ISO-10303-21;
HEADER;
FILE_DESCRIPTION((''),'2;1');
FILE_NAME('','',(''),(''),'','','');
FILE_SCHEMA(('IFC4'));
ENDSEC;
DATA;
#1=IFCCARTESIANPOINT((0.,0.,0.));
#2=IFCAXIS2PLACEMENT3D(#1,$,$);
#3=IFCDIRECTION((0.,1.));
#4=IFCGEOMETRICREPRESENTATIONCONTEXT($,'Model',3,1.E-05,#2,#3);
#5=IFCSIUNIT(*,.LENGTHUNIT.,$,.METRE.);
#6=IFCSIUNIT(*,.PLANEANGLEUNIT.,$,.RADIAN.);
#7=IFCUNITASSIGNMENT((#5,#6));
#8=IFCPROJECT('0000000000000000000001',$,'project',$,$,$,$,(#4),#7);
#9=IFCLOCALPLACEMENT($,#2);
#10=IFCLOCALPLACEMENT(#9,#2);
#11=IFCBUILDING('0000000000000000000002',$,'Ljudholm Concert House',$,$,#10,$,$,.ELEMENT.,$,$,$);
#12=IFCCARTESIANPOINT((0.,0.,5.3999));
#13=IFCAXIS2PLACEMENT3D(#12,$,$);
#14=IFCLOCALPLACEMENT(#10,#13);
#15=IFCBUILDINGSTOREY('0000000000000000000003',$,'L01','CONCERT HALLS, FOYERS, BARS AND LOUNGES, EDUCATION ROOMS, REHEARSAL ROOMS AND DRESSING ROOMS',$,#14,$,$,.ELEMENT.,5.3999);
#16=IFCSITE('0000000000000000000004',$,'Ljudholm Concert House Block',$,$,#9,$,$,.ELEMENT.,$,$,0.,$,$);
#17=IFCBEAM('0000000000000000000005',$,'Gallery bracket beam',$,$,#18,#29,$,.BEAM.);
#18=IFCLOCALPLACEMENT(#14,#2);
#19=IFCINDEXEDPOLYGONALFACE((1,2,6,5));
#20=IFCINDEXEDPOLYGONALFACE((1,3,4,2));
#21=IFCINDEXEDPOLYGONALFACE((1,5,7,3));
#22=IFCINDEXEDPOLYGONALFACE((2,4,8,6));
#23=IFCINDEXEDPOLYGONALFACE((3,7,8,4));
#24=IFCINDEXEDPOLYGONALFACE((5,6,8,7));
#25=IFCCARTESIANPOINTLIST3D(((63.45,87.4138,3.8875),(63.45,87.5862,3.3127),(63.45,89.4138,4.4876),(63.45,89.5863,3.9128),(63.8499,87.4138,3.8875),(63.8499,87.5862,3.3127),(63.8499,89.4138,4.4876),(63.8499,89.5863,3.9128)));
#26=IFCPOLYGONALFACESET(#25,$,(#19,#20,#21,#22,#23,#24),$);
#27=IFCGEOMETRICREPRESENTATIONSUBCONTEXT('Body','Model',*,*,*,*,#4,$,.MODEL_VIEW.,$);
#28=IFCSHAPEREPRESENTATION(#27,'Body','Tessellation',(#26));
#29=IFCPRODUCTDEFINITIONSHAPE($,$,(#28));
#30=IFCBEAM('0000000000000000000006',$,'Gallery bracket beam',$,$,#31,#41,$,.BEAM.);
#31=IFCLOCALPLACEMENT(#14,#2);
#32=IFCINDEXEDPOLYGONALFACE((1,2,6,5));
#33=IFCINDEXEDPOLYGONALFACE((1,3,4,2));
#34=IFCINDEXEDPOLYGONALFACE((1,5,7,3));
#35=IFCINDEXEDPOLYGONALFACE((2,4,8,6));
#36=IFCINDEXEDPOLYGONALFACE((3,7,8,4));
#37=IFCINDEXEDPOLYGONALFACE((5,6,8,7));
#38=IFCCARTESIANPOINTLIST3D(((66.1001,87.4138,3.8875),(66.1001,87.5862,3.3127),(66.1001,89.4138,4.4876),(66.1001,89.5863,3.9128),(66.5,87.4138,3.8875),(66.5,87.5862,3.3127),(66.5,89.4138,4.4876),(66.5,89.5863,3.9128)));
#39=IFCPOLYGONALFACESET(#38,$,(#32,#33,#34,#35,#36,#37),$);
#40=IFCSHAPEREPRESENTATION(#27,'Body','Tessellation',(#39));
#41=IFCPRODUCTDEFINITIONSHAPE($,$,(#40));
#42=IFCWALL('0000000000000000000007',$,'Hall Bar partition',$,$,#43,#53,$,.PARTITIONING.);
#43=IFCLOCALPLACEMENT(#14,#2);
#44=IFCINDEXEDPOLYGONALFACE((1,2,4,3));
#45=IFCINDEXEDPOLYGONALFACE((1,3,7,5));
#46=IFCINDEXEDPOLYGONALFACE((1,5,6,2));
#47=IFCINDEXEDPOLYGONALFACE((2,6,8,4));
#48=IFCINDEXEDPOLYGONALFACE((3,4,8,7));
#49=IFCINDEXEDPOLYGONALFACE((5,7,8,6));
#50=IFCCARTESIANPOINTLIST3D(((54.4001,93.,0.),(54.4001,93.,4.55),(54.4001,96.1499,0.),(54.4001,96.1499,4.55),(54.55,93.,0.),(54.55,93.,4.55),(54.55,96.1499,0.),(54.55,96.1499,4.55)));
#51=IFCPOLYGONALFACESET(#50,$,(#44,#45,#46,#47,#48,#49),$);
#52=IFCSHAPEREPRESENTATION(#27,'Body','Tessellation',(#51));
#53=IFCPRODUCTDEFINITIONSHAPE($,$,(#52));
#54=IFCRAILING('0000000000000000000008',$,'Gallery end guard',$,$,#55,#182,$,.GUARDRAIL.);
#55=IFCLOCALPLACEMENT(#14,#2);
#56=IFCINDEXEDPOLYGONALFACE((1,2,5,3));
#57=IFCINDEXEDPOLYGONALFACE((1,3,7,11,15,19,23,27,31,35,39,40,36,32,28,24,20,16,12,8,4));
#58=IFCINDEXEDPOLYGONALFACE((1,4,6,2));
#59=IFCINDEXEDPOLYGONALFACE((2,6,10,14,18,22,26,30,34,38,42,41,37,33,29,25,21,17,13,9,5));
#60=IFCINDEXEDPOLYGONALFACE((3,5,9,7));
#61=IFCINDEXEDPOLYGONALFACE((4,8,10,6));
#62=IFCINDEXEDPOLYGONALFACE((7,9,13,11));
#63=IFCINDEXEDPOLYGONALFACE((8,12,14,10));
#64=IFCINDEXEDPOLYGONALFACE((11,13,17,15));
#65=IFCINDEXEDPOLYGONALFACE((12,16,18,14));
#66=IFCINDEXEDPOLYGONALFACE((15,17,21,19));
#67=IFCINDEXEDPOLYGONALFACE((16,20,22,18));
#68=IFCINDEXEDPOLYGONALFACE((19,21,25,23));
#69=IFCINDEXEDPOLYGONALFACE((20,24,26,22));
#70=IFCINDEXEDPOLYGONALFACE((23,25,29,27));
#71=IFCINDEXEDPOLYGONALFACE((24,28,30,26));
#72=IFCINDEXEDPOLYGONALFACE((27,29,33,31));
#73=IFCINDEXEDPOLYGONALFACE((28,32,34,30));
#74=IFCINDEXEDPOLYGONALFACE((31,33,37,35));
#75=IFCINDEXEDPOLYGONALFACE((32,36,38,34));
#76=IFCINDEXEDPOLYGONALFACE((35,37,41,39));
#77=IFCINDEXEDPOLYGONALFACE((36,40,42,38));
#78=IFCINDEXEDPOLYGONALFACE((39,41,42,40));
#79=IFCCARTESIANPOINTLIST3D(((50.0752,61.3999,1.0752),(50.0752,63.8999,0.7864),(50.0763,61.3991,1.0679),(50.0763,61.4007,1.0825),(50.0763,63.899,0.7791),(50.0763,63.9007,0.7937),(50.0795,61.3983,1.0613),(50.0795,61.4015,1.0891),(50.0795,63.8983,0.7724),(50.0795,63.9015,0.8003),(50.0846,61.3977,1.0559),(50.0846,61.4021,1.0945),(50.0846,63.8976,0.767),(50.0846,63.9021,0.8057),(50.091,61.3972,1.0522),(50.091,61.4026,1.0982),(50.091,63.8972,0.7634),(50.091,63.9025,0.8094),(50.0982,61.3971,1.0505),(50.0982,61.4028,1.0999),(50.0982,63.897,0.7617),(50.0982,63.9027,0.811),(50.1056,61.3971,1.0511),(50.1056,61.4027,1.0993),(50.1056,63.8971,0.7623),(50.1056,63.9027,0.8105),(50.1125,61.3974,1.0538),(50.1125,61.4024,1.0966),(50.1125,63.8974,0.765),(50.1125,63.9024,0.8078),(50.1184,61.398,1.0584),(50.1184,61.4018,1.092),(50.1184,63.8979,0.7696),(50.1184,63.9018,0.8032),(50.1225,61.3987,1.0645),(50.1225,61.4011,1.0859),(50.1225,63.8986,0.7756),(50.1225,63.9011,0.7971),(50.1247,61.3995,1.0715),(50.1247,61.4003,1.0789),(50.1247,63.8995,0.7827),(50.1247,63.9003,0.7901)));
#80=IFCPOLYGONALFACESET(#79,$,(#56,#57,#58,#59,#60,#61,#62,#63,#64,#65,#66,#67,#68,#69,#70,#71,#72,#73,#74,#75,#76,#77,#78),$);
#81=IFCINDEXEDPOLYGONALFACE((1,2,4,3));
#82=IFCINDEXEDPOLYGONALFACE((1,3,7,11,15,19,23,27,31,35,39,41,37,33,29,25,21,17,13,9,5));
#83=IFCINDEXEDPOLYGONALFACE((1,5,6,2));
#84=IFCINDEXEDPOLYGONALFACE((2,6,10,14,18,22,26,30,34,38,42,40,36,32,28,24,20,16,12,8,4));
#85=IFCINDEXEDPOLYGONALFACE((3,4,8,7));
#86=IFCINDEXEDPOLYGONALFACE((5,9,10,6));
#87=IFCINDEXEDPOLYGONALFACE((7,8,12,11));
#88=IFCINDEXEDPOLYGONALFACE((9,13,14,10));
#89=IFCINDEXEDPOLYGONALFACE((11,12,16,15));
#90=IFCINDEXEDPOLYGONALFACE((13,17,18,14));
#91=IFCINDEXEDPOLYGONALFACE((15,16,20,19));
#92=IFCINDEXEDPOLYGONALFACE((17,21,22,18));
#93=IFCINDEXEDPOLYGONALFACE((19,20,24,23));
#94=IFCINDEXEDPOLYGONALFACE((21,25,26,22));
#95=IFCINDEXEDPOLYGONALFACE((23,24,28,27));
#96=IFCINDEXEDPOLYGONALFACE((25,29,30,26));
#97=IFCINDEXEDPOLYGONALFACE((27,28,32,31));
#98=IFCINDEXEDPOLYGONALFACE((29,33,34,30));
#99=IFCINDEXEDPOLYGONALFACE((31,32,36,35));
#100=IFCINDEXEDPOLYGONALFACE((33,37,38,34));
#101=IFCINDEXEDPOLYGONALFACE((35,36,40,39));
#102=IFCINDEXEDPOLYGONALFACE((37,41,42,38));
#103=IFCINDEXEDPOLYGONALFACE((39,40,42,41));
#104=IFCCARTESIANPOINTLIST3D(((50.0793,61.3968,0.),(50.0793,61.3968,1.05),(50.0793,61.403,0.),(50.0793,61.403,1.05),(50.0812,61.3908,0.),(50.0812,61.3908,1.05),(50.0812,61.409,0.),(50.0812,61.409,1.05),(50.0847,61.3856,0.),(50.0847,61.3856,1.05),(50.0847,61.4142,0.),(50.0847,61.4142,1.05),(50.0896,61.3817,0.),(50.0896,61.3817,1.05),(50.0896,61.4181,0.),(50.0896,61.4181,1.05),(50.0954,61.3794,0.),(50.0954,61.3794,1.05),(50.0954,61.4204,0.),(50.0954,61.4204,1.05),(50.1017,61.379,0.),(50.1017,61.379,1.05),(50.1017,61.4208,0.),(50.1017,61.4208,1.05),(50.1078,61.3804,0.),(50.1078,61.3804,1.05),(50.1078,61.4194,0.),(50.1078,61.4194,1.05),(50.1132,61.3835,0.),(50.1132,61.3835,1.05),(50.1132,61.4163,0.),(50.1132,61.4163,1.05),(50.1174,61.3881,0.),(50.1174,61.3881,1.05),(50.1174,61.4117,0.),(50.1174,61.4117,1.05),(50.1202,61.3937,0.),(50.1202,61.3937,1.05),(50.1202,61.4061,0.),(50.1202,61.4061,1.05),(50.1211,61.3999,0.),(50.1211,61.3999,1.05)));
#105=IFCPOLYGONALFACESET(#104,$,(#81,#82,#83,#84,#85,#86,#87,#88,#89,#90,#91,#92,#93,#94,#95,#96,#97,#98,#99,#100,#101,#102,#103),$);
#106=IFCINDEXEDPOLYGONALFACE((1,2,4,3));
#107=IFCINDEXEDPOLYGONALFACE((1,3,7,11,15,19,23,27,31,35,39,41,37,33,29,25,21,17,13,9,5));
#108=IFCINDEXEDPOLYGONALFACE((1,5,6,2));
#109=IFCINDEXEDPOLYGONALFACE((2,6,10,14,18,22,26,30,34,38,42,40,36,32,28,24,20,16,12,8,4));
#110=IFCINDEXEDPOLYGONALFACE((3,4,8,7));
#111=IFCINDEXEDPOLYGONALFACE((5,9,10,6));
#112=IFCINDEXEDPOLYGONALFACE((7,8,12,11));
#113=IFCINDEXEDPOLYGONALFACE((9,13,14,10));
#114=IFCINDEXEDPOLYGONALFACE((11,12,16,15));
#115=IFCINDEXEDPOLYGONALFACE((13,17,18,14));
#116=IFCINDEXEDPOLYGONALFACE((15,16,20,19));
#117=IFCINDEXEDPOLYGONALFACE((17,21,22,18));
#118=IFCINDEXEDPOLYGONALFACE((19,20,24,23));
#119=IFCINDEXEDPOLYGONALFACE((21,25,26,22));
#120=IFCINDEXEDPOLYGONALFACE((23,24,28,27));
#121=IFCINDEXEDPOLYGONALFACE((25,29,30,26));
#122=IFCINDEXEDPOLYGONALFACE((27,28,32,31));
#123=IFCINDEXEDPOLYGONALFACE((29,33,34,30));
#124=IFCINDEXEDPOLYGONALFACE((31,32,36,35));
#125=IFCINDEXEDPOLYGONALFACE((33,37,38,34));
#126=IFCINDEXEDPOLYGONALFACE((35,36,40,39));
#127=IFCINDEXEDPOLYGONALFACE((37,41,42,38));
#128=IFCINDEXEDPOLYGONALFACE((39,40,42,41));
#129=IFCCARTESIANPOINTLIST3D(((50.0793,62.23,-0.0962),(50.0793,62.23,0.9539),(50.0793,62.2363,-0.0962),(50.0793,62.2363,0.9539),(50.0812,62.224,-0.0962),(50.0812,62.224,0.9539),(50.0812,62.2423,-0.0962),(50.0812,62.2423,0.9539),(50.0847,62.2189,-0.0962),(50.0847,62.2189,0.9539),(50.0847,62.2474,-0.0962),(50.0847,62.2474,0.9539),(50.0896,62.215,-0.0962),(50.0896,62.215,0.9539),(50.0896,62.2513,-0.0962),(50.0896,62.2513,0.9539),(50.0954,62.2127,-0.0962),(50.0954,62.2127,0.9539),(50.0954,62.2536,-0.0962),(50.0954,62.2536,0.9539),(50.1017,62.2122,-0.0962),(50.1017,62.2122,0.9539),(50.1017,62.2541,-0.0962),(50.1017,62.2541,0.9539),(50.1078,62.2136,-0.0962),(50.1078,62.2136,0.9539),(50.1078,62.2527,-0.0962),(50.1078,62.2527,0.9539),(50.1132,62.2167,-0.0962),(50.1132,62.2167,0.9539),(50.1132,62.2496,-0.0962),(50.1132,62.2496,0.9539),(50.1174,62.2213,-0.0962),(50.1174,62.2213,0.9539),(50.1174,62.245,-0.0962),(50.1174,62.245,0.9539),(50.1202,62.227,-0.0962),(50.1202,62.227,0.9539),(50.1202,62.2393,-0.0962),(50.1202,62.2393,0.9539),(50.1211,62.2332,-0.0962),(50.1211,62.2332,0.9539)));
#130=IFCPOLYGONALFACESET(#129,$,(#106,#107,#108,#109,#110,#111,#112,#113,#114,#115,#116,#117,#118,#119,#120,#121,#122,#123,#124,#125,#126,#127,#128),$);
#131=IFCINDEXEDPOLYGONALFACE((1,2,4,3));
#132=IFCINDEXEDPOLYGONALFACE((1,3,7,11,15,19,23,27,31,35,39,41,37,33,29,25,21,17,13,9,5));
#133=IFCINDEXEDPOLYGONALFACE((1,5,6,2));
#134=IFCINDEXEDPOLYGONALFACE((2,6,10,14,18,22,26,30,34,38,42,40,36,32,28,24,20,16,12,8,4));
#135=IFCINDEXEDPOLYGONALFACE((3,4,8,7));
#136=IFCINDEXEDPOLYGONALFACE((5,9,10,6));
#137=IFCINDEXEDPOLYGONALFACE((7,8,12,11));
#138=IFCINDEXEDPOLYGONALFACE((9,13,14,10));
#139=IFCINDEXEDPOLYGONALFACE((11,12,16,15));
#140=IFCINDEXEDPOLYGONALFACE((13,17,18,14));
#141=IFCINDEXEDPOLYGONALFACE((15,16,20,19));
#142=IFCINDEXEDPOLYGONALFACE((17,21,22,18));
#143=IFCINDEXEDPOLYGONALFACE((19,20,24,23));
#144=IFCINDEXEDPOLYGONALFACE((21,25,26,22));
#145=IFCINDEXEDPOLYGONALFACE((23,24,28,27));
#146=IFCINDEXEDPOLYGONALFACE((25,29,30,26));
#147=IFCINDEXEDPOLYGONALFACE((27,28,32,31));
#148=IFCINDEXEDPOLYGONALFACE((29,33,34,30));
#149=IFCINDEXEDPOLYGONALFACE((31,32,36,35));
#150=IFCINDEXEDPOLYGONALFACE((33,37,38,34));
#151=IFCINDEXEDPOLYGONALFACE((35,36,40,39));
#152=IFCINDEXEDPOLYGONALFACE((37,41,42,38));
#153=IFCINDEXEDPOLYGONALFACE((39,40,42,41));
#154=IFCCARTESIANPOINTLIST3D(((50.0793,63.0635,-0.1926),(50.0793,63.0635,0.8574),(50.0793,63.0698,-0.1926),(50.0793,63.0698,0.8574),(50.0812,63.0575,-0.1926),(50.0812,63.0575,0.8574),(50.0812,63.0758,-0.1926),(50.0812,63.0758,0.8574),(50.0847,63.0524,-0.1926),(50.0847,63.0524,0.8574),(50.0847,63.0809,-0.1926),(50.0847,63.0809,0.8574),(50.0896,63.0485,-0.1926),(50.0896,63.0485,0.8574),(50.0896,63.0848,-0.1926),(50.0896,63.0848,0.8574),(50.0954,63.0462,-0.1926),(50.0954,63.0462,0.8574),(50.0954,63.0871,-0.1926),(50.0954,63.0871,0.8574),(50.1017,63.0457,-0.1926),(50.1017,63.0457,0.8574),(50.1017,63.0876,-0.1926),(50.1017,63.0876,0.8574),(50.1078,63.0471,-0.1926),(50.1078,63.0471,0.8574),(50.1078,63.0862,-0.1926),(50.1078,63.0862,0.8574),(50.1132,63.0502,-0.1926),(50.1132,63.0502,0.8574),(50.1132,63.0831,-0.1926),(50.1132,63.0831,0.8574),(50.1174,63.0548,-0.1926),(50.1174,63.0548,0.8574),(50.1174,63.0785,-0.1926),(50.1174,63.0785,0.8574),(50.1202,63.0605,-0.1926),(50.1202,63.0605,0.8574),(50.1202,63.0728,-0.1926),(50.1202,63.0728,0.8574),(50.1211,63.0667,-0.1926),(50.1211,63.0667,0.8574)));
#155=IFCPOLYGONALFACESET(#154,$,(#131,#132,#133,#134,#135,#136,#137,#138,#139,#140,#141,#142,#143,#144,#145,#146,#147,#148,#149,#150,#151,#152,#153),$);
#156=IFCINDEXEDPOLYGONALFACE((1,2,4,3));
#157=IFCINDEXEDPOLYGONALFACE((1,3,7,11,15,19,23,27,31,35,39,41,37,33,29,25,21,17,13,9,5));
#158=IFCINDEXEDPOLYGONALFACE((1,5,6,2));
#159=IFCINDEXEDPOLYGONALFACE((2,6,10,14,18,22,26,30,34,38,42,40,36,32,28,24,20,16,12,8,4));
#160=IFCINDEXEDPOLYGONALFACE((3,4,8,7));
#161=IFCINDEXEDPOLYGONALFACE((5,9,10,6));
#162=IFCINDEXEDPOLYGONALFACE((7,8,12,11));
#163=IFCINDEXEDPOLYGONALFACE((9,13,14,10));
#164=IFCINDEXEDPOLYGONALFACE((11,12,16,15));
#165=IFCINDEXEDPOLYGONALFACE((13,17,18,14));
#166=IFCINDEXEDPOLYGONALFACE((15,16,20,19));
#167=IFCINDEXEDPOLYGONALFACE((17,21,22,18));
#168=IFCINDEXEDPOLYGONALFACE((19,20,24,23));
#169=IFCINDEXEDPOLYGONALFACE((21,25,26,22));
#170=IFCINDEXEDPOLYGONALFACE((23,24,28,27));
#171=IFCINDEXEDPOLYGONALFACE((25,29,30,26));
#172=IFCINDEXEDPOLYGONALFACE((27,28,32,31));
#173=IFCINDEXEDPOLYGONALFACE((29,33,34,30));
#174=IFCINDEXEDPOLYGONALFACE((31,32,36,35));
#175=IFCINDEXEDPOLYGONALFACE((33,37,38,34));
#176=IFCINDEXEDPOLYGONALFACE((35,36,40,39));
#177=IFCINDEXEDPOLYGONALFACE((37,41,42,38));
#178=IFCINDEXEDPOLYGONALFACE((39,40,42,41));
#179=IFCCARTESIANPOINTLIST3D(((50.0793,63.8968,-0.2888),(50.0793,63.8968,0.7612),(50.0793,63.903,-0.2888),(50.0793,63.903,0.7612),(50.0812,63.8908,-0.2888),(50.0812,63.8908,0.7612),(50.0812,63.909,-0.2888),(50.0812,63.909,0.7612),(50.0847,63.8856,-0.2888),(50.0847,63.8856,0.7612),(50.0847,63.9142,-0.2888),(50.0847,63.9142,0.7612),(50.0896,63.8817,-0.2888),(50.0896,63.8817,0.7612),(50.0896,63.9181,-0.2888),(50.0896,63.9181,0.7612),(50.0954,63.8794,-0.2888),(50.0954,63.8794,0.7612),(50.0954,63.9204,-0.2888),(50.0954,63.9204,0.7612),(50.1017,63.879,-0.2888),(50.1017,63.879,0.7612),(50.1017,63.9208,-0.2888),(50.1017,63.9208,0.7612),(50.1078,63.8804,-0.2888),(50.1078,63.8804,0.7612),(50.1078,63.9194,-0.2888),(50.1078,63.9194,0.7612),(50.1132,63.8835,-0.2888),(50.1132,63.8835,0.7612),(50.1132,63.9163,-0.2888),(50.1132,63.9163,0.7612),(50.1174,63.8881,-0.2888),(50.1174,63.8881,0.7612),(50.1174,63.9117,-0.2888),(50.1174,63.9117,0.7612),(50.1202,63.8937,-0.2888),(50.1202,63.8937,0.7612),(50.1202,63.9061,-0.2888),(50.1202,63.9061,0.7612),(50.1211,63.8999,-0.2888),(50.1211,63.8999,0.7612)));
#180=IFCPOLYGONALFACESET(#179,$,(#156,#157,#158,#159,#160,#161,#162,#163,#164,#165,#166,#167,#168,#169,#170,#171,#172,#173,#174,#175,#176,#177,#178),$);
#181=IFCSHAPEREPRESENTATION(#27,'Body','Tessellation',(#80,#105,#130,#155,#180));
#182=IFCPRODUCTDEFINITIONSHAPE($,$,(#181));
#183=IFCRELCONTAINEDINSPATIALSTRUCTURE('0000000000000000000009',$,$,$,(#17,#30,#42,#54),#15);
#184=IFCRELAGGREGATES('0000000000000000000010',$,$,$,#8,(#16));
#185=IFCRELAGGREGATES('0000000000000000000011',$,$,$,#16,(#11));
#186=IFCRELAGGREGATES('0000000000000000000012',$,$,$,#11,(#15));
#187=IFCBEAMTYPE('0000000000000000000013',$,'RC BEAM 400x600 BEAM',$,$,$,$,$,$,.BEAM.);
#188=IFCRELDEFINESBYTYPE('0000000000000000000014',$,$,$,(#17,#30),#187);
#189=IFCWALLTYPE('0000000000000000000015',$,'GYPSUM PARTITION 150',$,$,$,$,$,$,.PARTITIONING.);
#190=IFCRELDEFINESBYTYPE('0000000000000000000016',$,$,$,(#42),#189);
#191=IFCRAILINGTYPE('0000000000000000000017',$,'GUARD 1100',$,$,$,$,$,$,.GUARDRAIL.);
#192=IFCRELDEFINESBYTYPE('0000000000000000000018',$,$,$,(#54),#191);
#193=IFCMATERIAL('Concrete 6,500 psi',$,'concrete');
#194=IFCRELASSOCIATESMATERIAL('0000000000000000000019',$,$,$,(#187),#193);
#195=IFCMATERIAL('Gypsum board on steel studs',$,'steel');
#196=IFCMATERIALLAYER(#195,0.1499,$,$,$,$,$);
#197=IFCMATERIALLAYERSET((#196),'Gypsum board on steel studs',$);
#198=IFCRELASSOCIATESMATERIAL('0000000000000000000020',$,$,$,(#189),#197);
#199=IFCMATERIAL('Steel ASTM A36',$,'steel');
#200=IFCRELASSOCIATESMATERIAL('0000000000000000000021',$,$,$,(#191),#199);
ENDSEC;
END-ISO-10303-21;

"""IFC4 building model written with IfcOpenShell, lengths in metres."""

from ifc_helpers import new_model, si_unit, direction, frame, frame_2d, origin, origin_2d, place, context, subcontext, project, spatial, rectangle, circle, extrude, material, layer, layer_set, material_profile, profile_set, type_object, element, save


model = new_model("IFC4")

# Units and contexts
model_context = context("Model", 3, precision=1e-05, world=origin(), true_north=direction((0.0, 1.0)))
body_context = subcontext(model_context, "Body", "Model", "MODEL_VIEW")
ifc_project = project(units=[si_unit("LENGTHUNIT", "METRE"), si_unit("PLANEANGLEUNIT", "RADIAN")], contexts=[model_context])

# Site, building, storey
site_placement = place(None, origin())
site = spatial("IfcSite", under=ifc_project, at=site_placement, Name="Ljudholm Concert House Block", CompositionType="ELEMENT", RefElevation=0.0)
building_placement = place(site_placement, origin())
building = spatial("IfcBuilding", under=site, at=building_placement, Name="Ljudholm Concert House", CompositionType="ELEMENT")
storey_placement = place(building_placement, frame((0.0, 0.0, 5.3999)))
storey = spatial("IfcBuildingStorey", under=building, at=storey_placement, Name="L01", Description="CONCERT HALLS, FOYERS, BARS AND LOUNGES, EDUCATION ROOMS, REHEARSAL ROOMS AND DRESSING ROOMS", CompositionType="ELEMENT", Elevation=5.3999)

# Beams
ifc_material_1 = material(Name="Concrete 6,500 psi", Category="concrete")
ifc_material_profile_1 = material_profile(ifc_material_1, rectangle(XDim=0.3999, YDim=0.6001, at=origin_2d()), Name="RC BEAM 400x600 BEAM")
ifc_profile_set_1 = profile_set([ifc_material_profile_1], Name="Concrete 6,500 psi")
beam_type_1 = type_object("IfcBeamType", Name="RC BEAM 400x600 BEAM", PredefinedType="BEAM", material=ifc_profile_set_1)
for number, where, z_axis, x_axis, name in (
    (1, (63.6499, 87.5, 3.6001), (0.0, 0.957813, 0.287391), (-1.0, 0.0, 0.0), "Gallery bracket beam"),
    (2, (66.3, 87.5, 3.6001), (0.0, 0.957813, 0.287391), (-1.0, 0.0, 0.0), "Gallery bracket beam"),
):
    element("IfcBeam", number, at=place(storey_placement, frame(where, z_axis=z_axis, x_axis=x_axis)), inside=storey, type_object=beam_type_1, Name=name, PredefinedType="BEAM", context=body_context, shape_type="SweptSolid", body=[
        extrude(rectangle(XDim=0.3999, YDim=0.6001, at=origin_2d()), origin(), (0.0, 0.0, 1.0), 2.0881),
    ])

# Wall
ifc_material_2 = material(Name="Gypsum board on steel studs", Category="steel")
ifc_layer_1 = layer(ifc_material_2, 0.1499)
ifc_layer_set_1 = layer_set([ifc_layer_1], Name="Gypsum board on steel studs")
wall_type = type_object("IfcWallType", Name="GYPSUM PARTITION 150", PredefinedType="PARTITIONING", material=ifc_layer_set_1)
wall_placement = place(storey_placement, frame((54.4751, 93.0, 0.0), z_axis=(0.0, 0.0, 1.0), x_axis=(0.0, 1.0, 0.0)))
element("IfcWall", 3, at=wall_placement, inside=storey, type_object=wall_type, Name="Hall Bar partition", PredefinedType="PARTITIONING", context=body_context, shape_type="SweptSolid", body=[
    extrude(rectangle(XDim=3.1499, YDim=0.1499, at=frame_2d((1.575, 0.0))), origin(), (0.0, 0.0, 1.0), 4.55),
])

# Railing
ifc_material_3 = material(Name="Steel ASTM A36", Category="steel")
railing_type = type_object("IfcRailingType", Name="GUARD 1100", PredefinedType="GUARDRAIL", material=ifc_material_3)
railing_1_placement = place(storey_placement, frame((50.1001, 61.3999, 0.0)))
element("IfcRailing", 4, at=railing_1_placement, inside=storey, type_object=railing_type, Name="Gallery end guard", PredefinedType="GUARDRAIL", context=body_context, shape_type="SweptSolid", body=[
    extrude(circle(Radius=0.0249, at=origin_2d()), frame((0.0, 0.0, 1.0752), z_axis=(0.0, 0.993393, -0.114764), x_axis=(-1.0, 0.0, 0.0)), (0.0, 0.0, 1.0), 2.5166),
    extrude(circle(Radius=0.021, at=origin_2d()), origin(), (0.0, 0.0, 1.0), 1.05),
    extrude(circle(Radius=0.021, at=origin_2d()), frame((0.0, 0.8333, -0.0962)), (0.0, 0.0, 1.0), 1.05),
    extrude(circle(Radius=0.021, at=origin_2d()), frame((0.0, 1.6667, -0.1926)), (0.0, 0.0, 1.0), 1.05),
    extrude(circle(Radius=0.021, at=origin_2d()), frame((0.0, 2.5, -0.2888)), (0.0, 0.0, 1.0), 1.05),
])

save(model, "model.ifc")
